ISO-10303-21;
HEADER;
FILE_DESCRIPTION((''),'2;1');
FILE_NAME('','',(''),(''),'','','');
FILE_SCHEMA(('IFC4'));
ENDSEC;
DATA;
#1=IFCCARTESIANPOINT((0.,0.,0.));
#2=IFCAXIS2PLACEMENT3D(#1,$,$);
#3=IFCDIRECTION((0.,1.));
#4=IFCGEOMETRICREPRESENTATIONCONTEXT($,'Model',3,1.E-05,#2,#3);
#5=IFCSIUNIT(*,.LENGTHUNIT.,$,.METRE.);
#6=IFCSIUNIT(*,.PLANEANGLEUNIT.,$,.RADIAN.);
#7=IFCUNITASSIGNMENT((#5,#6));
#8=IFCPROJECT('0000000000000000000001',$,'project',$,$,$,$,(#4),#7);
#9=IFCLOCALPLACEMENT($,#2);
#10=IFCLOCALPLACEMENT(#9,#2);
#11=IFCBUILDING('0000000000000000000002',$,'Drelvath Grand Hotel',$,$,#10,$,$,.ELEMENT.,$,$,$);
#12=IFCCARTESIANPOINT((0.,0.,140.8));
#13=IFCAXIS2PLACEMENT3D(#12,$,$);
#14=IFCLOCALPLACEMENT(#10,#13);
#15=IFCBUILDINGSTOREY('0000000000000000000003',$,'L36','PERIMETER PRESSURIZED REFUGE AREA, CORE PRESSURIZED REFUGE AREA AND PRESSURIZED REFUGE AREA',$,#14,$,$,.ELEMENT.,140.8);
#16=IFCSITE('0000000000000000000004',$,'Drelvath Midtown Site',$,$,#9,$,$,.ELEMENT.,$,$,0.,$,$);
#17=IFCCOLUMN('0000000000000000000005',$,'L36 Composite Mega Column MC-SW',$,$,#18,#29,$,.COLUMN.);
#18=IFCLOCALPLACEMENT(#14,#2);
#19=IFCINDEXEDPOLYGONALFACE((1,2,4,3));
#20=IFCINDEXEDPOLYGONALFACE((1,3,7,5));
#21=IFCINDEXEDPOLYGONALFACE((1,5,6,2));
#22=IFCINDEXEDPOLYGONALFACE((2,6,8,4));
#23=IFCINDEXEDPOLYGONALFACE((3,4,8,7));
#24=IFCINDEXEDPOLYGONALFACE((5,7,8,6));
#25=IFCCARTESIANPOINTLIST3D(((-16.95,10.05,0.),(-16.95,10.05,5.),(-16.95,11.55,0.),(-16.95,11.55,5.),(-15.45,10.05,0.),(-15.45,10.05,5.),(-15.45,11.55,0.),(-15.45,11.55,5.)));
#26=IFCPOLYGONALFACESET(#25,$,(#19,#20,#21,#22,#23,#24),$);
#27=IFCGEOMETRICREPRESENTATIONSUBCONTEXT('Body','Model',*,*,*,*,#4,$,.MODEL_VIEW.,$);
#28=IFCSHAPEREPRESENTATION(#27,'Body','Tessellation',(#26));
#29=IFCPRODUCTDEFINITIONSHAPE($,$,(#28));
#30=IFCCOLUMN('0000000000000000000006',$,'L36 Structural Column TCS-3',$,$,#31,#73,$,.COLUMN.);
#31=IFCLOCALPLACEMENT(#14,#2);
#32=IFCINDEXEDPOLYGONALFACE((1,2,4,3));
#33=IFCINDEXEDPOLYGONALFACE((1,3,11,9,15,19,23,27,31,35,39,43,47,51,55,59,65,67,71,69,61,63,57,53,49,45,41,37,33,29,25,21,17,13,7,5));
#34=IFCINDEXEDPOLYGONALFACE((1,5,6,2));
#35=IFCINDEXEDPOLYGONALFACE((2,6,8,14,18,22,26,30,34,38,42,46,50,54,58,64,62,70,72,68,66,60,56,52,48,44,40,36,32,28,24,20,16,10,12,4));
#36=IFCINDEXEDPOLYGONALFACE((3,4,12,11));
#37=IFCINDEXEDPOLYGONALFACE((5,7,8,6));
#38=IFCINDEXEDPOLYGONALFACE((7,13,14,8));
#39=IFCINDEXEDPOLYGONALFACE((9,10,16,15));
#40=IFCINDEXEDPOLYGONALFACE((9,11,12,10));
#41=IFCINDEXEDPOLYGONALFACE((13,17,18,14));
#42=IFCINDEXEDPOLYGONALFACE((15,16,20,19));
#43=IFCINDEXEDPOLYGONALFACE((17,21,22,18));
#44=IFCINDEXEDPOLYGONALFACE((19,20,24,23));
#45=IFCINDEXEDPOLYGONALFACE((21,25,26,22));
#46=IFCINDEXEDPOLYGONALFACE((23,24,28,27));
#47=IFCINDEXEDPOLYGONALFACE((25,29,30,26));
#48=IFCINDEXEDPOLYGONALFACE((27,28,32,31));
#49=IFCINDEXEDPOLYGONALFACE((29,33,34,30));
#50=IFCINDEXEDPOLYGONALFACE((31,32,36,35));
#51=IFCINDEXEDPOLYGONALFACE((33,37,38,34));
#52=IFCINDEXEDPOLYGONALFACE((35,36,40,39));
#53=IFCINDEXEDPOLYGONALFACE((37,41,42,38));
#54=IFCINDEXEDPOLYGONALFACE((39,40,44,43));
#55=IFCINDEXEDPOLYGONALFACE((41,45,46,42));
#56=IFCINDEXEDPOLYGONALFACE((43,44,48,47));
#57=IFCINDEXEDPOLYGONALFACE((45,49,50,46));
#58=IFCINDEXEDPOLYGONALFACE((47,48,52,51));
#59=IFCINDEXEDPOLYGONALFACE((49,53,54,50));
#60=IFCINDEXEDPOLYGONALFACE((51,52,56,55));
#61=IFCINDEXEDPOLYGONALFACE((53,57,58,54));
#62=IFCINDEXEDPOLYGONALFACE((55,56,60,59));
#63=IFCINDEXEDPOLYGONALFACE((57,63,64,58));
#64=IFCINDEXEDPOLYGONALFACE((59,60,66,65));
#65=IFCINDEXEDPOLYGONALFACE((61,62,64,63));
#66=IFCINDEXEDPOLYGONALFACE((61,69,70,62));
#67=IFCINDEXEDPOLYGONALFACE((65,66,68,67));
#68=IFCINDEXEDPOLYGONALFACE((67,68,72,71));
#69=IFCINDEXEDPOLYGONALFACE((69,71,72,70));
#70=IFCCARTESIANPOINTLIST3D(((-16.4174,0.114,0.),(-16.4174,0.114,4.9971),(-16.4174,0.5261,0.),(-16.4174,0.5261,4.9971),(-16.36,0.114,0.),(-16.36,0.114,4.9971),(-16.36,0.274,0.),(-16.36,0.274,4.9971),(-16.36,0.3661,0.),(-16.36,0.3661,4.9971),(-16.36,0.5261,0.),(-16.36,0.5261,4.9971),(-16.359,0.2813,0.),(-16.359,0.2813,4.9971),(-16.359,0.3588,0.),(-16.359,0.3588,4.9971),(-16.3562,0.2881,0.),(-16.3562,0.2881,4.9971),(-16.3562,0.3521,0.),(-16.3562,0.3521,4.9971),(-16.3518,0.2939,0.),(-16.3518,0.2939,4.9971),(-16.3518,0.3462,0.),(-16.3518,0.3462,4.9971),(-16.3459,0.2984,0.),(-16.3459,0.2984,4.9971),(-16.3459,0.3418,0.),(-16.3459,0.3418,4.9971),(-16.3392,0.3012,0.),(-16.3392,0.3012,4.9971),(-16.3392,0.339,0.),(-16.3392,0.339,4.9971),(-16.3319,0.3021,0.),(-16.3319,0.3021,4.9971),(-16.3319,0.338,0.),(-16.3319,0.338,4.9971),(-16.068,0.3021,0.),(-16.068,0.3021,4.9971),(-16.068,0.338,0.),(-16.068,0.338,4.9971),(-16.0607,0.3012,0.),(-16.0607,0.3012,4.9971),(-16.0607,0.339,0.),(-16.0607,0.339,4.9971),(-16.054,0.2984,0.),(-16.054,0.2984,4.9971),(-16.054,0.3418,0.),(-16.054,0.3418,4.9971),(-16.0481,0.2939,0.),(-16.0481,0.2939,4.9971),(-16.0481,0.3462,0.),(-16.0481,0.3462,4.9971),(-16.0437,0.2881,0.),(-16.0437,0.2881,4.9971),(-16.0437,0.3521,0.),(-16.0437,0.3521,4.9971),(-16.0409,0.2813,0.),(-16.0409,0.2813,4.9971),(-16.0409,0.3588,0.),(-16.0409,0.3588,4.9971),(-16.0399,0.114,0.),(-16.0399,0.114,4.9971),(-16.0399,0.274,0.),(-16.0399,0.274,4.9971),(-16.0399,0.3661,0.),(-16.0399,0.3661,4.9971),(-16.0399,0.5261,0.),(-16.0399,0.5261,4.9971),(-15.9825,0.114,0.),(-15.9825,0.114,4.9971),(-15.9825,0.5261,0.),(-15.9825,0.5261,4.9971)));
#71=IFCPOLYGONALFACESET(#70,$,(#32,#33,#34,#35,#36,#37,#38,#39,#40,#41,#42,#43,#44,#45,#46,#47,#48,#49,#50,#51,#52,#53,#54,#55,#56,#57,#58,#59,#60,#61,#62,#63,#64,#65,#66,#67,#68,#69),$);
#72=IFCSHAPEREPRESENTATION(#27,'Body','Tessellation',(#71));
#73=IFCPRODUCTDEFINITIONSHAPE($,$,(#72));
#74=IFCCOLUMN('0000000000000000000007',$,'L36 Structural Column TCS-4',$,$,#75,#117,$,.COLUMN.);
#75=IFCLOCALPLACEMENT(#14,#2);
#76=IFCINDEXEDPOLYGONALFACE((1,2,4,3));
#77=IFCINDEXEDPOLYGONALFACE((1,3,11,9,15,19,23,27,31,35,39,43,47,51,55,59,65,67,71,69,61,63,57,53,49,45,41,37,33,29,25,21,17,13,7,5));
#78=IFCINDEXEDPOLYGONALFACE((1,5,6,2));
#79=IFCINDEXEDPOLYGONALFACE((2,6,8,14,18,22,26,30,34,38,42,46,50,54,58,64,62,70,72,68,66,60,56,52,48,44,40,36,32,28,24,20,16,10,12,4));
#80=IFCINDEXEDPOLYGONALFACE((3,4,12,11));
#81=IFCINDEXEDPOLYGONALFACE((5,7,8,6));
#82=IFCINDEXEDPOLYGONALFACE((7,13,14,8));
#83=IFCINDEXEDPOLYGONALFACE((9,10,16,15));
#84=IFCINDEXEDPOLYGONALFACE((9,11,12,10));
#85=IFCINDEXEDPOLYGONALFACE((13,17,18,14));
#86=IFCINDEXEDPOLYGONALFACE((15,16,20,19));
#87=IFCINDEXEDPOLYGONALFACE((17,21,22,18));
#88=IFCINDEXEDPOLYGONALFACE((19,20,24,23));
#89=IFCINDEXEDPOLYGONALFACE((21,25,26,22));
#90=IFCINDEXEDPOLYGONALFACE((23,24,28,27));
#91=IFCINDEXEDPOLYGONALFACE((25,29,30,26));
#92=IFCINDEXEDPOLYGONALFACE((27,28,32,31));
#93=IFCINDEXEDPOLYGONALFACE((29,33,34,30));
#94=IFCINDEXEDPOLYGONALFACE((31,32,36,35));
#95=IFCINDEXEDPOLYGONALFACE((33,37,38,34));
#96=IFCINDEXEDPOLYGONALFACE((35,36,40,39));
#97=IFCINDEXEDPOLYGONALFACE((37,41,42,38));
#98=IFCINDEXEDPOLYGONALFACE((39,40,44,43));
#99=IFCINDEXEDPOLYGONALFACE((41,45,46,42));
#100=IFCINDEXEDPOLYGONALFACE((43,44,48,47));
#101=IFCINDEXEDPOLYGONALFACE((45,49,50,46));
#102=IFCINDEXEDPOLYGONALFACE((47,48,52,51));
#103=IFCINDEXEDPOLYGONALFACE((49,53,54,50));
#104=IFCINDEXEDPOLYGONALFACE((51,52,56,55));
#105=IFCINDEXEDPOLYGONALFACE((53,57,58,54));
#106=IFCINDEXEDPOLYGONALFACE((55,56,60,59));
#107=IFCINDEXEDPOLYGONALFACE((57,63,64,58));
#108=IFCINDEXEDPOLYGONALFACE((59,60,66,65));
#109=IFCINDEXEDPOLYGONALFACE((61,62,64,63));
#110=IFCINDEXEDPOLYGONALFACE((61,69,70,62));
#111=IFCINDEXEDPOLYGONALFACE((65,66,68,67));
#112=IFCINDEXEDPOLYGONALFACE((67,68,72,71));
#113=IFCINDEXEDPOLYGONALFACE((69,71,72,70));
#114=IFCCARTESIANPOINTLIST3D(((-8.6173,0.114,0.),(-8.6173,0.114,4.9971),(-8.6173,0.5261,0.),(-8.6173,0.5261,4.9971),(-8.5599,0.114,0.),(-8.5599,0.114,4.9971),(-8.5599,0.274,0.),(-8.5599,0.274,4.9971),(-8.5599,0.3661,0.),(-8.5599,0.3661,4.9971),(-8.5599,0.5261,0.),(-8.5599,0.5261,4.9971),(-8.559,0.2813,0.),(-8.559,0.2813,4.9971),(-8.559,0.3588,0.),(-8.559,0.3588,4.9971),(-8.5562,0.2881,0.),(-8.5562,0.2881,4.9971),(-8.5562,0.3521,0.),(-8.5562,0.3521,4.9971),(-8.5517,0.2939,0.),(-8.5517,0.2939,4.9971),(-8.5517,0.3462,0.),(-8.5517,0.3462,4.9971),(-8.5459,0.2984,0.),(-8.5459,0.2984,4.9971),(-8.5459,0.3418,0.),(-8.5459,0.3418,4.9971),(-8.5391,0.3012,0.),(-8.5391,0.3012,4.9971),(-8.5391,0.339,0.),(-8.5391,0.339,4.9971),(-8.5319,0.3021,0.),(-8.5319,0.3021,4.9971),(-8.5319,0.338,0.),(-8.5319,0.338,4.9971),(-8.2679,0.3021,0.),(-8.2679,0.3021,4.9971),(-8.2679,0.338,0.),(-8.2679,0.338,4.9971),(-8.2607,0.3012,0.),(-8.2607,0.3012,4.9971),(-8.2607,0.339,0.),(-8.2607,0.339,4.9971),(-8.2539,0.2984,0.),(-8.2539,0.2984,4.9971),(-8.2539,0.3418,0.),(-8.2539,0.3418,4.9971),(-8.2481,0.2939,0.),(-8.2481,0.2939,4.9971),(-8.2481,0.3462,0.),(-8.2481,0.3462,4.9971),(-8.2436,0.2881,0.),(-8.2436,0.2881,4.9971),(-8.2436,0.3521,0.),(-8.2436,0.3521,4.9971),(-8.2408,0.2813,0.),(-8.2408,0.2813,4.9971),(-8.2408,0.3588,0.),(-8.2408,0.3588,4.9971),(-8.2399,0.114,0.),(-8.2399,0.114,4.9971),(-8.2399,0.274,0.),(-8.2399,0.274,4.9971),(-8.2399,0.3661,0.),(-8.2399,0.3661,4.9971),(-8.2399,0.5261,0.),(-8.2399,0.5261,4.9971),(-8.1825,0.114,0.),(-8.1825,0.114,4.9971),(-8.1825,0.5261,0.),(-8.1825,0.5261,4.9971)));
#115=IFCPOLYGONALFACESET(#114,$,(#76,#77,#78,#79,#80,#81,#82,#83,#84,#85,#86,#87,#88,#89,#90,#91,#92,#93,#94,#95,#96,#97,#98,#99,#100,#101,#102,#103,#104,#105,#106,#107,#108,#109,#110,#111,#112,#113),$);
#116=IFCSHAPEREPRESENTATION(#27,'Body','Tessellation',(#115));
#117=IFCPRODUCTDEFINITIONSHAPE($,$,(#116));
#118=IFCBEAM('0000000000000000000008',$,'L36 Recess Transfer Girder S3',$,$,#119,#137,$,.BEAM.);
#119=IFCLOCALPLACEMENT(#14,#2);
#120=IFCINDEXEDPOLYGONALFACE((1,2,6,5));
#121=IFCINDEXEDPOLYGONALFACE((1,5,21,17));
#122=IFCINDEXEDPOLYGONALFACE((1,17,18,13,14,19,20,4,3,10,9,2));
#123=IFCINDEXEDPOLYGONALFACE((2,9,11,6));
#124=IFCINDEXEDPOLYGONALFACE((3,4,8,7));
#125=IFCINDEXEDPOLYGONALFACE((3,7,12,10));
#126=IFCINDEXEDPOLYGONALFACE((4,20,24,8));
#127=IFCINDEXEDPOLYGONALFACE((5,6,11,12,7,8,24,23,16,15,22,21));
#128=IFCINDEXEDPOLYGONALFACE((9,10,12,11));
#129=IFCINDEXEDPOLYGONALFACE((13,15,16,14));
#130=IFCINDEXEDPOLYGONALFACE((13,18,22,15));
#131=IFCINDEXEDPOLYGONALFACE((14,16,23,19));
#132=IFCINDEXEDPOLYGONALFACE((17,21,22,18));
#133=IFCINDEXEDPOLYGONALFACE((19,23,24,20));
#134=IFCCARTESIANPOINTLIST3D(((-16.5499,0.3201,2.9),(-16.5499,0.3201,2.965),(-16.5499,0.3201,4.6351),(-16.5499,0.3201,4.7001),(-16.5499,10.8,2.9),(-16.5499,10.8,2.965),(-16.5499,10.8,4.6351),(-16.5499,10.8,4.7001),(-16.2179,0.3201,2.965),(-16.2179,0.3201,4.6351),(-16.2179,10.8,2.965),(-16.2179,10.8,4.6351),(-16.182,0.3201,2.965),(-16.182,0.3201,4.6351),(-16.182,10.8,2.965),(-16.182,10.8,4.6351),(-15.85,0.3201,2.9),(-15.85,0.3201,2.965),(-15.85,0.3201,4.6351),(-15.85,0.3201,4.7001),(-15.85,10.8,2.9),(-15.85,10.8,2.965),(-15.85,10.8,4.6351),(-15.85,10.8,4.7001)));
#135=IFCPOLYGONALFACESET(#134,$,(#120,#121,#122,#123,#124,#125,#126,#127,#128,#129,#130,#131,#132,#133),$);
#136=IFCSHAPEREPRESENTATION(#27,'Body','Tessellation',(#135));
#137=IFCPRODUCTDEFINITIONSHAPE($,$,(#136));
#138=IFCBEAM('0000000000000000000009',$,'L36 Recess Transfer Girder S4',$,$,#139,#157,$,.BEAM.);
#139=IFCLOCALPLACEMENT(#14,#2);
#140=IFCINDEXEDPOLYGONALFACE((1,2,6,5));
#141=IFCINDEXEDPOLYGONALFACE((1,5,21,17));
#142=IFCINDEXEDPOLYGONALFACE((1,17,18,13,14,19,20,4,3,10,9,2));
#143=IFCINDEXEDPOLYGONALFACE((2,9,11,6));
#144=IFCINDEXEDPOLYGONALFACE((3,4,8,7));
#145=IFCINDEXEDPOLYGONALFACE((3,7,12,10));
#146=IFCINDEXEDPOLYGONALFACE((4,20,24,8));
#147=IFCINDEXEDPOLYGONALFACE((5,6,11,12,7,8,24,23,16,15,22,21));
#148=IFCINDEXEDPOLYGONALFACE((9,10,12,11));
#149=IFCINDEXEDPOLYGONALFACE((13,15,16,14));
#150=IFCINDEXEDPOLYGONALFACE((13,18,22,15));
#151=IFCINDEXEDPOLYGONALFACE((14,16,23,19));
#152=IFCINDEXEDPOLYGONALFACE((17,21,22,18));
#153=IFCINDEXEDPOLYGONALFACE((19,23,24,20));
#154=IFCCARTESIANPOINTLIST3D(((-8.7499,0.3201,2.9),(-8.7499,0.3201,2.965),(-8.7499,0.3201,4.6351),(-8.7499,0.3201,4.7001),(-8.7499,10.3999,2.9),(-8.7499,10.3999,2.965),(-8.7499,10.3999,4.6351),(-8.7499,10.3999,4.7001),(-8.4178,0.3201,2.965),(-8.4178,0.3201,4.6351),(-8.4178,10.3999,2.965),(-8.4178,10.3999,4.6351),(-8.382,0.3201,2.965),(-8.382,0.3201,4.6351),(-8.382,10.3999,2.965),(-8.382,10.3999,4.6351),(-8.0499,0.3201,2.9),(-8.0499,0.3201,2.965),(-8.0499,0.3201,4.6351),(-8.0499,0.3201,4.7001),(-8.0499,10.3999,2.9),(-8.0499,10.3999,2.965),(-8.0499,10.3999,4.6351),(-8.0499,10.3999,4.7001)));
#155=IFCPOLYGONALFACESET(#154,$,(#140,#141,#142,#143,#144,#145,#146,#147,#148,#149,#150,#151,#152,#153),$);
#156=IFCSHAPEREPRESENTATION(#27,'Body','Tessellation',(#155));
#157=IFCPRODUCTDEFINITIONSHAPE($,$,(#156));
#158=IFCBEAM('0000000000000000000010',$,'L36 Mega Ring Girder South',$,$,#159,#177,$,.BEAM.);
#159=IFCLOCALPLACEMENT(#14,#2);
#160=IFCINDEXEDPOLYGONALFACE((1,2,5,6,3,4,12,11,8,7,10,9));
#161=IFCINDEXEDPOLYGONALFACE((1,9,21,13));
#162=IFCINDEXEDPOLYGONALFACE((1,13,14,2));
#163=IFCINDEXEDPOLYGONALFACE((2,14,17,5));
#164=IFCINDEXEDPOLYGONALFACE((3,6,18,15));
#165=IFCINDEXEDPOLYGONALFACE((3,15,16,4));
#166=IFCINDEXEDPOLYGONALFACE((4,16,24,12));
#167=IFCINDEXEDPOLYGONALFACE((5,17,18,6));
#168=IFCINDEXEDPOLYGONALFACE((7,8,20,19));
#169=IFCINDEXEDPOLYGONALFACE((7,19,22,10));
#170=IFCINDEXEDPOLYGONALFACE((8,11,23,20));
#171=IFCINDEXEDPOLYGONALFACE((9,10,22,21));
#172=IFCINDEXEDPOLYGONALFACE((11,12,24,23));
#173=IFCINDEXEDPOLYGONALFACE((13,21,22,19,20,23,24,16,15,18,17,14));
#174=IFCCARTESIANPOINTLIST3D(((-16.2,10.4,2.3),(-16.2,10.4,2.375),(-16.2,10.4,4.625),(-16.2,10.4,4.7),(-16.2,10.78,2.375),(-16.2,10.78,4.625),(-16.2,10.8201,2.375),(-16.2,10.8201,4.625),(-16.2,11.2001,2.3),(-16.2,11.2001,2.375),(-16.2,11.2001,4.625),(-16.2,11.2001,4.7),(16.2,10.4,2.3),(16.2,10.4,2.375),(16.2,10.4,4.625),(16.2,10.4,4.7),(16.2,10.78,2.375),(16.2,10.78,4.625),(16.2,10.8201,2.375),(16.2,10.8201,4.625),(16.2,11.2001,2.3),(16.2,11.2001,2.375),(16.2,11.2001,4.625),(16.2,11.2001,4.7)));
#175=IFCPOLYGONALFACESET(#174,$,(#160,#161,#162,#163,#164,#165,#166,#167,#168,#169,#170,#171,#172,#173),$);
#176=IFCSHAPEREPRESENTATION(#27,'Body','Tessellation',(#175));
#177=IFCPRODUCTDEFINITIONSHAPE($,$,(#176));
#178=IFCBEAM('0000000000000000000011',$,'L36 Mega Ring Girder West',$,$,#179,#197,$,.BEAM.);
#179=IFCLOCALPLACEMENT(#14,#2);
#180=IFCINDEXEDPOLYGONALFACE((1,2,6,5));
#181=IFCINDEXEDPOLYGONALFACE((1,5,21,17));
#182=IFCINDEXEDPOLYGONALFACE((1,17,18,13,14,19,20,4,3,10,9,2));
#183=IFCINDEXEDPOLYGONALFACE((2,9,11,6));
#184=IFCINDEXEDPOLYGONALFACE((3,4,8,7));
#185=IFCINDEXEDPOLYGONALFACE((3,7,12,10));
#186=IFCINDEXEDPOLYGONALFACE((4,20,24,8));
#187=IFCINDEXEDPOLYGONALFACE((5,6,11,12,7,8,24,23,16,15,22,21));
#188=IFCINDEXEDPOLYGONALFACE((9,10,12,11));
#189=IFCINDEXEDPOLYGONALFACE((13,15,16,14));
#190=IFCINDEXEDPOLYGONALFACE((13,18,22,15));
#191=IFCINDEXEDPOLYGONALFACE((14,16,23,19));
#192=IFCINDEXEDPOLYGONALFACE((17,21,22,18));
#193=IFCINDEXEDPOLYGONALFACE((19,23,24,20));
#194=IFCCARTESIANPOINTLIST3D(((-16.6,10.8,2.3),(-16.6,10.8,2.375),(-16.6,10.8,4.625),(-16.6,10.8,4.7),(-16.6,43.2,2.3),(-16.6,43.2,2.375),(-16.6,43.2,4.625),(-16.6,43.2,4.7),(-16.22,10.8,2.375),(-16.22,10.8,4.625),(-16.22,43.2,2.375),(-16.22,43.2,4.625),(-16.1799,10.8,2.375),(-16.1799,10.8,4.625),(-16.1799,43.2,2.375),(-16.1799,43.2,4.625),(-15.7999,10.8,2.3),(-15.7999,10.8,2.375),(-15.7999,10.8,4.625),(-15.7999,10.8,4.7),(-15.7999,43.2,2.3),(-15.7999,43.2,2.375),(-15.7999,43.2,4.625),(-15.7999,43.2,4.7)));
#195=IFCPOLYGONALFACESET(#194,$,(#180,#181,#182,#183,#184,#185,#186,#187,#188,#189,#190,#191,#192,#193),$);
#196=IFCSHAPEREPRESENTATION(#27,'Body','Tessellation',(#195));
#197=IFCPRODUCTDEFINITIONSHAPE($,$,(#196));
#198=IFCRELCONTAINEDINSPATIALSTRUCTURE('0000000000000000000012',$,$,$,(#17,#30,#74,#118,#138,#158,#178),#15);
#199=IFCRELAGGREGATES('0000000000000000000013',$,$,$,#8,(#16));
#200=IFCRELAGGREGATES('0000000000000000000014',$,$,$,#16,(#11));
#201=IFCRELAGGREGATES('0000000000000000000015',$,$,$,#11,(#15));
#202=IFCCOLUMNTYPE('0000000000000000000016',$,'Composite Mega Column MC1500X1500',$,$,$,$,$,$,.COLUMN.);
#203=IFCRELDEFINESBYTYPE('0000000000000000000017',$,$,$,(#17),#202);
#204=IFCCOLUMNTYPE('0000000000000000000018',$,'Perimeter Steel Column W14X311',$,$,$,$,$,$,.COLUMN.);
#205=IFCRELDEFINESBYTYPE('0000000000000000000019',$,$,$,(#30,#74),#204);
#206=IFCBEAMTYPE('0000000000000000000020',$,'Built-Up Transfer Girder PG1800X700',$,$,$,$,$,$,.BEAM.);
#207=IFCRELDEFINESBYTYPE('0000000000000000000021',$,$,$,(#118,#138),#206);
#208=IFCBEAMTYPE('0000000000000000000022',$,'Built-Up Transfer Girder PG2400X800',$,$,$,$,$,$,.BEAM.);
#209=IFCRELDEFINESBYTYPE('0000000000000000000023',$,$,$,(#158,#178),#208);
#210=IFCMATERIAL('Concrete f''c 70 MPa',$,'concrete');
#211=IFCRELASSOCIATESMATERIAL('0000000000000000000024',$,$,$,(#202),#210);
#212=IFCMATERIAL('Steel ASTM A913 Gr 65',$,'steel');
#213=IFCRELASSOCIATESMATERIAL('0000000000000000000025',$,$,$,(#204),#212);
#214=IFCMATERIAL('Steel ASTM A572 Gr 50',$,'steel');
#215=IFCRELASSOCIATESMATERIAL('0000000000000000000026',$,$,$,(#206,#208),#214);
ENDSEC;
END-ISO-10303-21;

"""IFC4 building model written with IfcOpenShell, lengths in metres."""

from ifc_helpers import new_model, si_unit, direction, frame, origin, origin_2d, place, context, subcontext, project, spatial, rectangle, i_section, extrude, material, material_profile, profile_set, type_object, element, save


model = new_model("IFC4")

# Units and contexts
model_context = context("Model", 3, precision=1e-05, world=origin(), true_north=direction((0.0, 1.0)))
body_context = subcontext(model_context, "Body", "Model", "MODEL_VIEW")
ifc_project = project(units=[si_unit("LENGTHUNIT", "METRE"), si_unit("PLANEANGLEUNIT", "RADIAN")], contexts=[model_context])

# Site, building, storey
site_placement = place(None, origin())
site = spatial("IfcSite", under=ifc_project, at=site_placement, Name="Drelvath Midtown Site", CompositionType="ELEMENT", RefElevation=0.0)
building_placement = place(site_placement, origin())
building = spatial("IfcBuilding", under=site, at=building_placement, Name="Drelvath Grand Hotel", CompositionType="ELEMENT")
storey_placement = place(building_placement, frame((0.0, 0.0, 140.8)))
storey = spatial("IfcBuildingStorey", under=building, at=storey_placement, Name="L36", Description="PERIMETER PRESSURIZED REFUGE AREA, CORE PRESSURIZED REFUGE AREA AND PRESSURIZED REFUGE AREA", CompositionType="ELEMENT", Elevation=140.8)

# Columns
ifc_material_1 = material(Name="Concrete f'c 70 MPa", Category="concrete")
ifc_material_profile_1 = material_profile(ifc_material_1, rectangle(XDim=1.5, YDim=1.5, at=origin_2d()), Name="MC1500X1500")
ifc_profile_set_1 = profile_set([ifc_material_profile_1], Name="Concrete f'c 70 MPa")
column_type_1 = type_object("IfcColumnType", Name="Composite Mega Column MC1500X1500", PredefinedType="COLUMN", material=ifc_profile_set_1)
column_placement = place(storey_placement, frame((-16.2, 10.8, 0.0), z_axis=(0.0, 0.0, 1.0), x_axis=(1.0, 0.0, 0.0)))
element("IfcColumn", 1, at=column_placement, inside=storey, type_object=column_type_1, Name="L36 Composite Mega Column MC-SW", PredefinedType="COLUMN", context=body_context, shape_type="SweptSolid", body=[
    extrude(rectangle(XDim=1.5, YDim=1.5, at=origin_2d()), origin(), (0.0, 0.0, 1.0), 5.0),
])
ifc_material_2 = material(Name="Steel ASTM A913 Gr 65", Category="steel")
ifc_material_profile_2 = material_profile(ifc_material_2, i_section(OverallWidth=0.4121, OverallDepth=0.4348, WebThickness=0.0359, FlangeThickness=0.0574, FilletRadius=0.0281, at=origin_2d()), Name="W14X311")
ifc_profile_set_2 = profile_set([ifc_material_profile_2], Name="Steel ASTM A913 Gr 65")
column_type_2 = type_object("IfcColumnType", Name="Perimeter Steel Column W14X311", PredefinedType="COLUMN", material=ifc_profile_set_2)
for number, where, z_axis, x_axis, name in (
    (2, (-16.2, 0.3201, 0.0), (0.0, 0.0, 1.0), (0.0, 1.0, 0.0), "L36 Structural Column TCS-3"),
    (3, (-8.3999, 0.3201, 0.0), (0.0, 0.0, 1.0), (0.0, 1.0, 0.0), "L36 Structural Column TCS-4"),
):
    element("IfcColumn", number, at=place(storey_placement, frame(where, z_axis=z_axis, x_axis=x_axis)), inside=storey, type_object=column_type_2, Name=name, PredefinedType="COLUMN", context=body_context, shape_type="SweptSolid", body=[
        extrude(i_section(OverallWidth=0.4121, OverallDepth=0.4348, WebThickness=0.0359, FlangeThickness=0.0574, FilletRadius=0.0281, at=origin_2d()), origin(), (0.0, 0.0, 1.0), 4.9971),
    ])

# Beams
ifc_material_3 = material(Name="Steel ASTM A572 Gr 50", Category="steel")
ifc_material_profile_3 = material_profile(ifc_material_3, i_section(OverallWidth=0.7, OverallDepth=1.8, WebThickness=0.0359, FlangeThickness=0.0649, at=origin_2d()), Name="PG1800X700")
ifc_profile_set_3 = profile_set([ifc_material_profile_3], Name="Steel ASTM A572 Gr 50")
beam_type_1 = type_object("IfcBeamType", Name="Built-Up Transfer Girder PG1800X700", PredefinedType="BEAM", material=ifc_profile_set_3)
beam_1_placement = place(storey_placement, frame((-16.2, 0.3201, 3.8), z_axis=(0.0, 1.0, 0.0), x_axis=(-1.0, 0.0, 0.0)))
element("IfcBeam", 4, at=beam_1_placement, inside=storey, type_object=beam_type_1, Name="L36 Recess Transfer Girder S3", PredefinedType="BEAM", context=body_context, shape_type="SweptSolid", body=[
    extrude(i_section(OverallWidth=0.7, OverallDepth=1.8, WebThickness=0.0359, FlangeThickness=0.0649, at=origin_2d()), origin(), (0.0, 0.0, 1.0), 10.48),
])
beam_2_placement = place(storey_placement, frame((-8.3999, 0.3201, 3.8), z_axis=(0.0, 1.0, 0.0), x_axis=(-1.0, 0.0, 0.0)))
element("IfcBeam", 5, at=beam_2_placement, inside=storey, type_object=beam_type_1, Name="L36 Recess Transfer Girder S4", PredefinedType="BEAM", context=body_context, shape_type="SweptSolid", body=[
    extrude(i_section(OverallWidth=0.7, OverallDepth=1.8, WebThickness=0.0359, FlangeThickness=0.0649, at=origin_2d()), origin(), (0.0, 0.0, 1.0), 10.0798),
])
ifc_material_profile_4 = material_profile(ifc_material_3, i_section(OverallWidth=0.8, OverallDepth=2.3999, WebThickness=0.04, FlangeThickness=0.075, at=origin_2d()), Name="PG2400X800")
ifc_profile_set_4 = profile_set([ifc_material_profile_4], Name="Steel ASTM A572 Gr 50")
beam_type_2 = type_object("IfcBeamType", Name="Built-Up Transfer Girder PG2400X800", PredefinedType="BEAM", material=ifc_profile_set_4)
for number, where, z_axis, x_axis, name in (
    (6, (-16.2, 10.8, 3.5), (1.0, 0.0, 0.0), (0.0, 1.0, 0.0), "L36 Mega Ring Girder South"),
    (7, (-16.2, 10.8, 3.5), (0.0, 1.0, 0.0), (-1.0, 0.0, 0.0), "L36 Mega Ring Girder West"),
):
    element("IfcBeam", number, at=place(storey_placement, frame(where, z_axis=z_axis, x_axis=x_axis)), inside=storey, type_object=beam_type_2, Name=name, PredefinedType="BEAM", context=body_context, shape_type="SweptSolid", body=[
        extrude(i_section(OverallWidth=0.8, OverallDepth=2.3999, WebThickness=0.04, FlangeThickness=0.075, at=origin_2d()), origin(), (0.0, 0.0, 1.0), 32.3999),
    ])

save(model, "model.ifc")
